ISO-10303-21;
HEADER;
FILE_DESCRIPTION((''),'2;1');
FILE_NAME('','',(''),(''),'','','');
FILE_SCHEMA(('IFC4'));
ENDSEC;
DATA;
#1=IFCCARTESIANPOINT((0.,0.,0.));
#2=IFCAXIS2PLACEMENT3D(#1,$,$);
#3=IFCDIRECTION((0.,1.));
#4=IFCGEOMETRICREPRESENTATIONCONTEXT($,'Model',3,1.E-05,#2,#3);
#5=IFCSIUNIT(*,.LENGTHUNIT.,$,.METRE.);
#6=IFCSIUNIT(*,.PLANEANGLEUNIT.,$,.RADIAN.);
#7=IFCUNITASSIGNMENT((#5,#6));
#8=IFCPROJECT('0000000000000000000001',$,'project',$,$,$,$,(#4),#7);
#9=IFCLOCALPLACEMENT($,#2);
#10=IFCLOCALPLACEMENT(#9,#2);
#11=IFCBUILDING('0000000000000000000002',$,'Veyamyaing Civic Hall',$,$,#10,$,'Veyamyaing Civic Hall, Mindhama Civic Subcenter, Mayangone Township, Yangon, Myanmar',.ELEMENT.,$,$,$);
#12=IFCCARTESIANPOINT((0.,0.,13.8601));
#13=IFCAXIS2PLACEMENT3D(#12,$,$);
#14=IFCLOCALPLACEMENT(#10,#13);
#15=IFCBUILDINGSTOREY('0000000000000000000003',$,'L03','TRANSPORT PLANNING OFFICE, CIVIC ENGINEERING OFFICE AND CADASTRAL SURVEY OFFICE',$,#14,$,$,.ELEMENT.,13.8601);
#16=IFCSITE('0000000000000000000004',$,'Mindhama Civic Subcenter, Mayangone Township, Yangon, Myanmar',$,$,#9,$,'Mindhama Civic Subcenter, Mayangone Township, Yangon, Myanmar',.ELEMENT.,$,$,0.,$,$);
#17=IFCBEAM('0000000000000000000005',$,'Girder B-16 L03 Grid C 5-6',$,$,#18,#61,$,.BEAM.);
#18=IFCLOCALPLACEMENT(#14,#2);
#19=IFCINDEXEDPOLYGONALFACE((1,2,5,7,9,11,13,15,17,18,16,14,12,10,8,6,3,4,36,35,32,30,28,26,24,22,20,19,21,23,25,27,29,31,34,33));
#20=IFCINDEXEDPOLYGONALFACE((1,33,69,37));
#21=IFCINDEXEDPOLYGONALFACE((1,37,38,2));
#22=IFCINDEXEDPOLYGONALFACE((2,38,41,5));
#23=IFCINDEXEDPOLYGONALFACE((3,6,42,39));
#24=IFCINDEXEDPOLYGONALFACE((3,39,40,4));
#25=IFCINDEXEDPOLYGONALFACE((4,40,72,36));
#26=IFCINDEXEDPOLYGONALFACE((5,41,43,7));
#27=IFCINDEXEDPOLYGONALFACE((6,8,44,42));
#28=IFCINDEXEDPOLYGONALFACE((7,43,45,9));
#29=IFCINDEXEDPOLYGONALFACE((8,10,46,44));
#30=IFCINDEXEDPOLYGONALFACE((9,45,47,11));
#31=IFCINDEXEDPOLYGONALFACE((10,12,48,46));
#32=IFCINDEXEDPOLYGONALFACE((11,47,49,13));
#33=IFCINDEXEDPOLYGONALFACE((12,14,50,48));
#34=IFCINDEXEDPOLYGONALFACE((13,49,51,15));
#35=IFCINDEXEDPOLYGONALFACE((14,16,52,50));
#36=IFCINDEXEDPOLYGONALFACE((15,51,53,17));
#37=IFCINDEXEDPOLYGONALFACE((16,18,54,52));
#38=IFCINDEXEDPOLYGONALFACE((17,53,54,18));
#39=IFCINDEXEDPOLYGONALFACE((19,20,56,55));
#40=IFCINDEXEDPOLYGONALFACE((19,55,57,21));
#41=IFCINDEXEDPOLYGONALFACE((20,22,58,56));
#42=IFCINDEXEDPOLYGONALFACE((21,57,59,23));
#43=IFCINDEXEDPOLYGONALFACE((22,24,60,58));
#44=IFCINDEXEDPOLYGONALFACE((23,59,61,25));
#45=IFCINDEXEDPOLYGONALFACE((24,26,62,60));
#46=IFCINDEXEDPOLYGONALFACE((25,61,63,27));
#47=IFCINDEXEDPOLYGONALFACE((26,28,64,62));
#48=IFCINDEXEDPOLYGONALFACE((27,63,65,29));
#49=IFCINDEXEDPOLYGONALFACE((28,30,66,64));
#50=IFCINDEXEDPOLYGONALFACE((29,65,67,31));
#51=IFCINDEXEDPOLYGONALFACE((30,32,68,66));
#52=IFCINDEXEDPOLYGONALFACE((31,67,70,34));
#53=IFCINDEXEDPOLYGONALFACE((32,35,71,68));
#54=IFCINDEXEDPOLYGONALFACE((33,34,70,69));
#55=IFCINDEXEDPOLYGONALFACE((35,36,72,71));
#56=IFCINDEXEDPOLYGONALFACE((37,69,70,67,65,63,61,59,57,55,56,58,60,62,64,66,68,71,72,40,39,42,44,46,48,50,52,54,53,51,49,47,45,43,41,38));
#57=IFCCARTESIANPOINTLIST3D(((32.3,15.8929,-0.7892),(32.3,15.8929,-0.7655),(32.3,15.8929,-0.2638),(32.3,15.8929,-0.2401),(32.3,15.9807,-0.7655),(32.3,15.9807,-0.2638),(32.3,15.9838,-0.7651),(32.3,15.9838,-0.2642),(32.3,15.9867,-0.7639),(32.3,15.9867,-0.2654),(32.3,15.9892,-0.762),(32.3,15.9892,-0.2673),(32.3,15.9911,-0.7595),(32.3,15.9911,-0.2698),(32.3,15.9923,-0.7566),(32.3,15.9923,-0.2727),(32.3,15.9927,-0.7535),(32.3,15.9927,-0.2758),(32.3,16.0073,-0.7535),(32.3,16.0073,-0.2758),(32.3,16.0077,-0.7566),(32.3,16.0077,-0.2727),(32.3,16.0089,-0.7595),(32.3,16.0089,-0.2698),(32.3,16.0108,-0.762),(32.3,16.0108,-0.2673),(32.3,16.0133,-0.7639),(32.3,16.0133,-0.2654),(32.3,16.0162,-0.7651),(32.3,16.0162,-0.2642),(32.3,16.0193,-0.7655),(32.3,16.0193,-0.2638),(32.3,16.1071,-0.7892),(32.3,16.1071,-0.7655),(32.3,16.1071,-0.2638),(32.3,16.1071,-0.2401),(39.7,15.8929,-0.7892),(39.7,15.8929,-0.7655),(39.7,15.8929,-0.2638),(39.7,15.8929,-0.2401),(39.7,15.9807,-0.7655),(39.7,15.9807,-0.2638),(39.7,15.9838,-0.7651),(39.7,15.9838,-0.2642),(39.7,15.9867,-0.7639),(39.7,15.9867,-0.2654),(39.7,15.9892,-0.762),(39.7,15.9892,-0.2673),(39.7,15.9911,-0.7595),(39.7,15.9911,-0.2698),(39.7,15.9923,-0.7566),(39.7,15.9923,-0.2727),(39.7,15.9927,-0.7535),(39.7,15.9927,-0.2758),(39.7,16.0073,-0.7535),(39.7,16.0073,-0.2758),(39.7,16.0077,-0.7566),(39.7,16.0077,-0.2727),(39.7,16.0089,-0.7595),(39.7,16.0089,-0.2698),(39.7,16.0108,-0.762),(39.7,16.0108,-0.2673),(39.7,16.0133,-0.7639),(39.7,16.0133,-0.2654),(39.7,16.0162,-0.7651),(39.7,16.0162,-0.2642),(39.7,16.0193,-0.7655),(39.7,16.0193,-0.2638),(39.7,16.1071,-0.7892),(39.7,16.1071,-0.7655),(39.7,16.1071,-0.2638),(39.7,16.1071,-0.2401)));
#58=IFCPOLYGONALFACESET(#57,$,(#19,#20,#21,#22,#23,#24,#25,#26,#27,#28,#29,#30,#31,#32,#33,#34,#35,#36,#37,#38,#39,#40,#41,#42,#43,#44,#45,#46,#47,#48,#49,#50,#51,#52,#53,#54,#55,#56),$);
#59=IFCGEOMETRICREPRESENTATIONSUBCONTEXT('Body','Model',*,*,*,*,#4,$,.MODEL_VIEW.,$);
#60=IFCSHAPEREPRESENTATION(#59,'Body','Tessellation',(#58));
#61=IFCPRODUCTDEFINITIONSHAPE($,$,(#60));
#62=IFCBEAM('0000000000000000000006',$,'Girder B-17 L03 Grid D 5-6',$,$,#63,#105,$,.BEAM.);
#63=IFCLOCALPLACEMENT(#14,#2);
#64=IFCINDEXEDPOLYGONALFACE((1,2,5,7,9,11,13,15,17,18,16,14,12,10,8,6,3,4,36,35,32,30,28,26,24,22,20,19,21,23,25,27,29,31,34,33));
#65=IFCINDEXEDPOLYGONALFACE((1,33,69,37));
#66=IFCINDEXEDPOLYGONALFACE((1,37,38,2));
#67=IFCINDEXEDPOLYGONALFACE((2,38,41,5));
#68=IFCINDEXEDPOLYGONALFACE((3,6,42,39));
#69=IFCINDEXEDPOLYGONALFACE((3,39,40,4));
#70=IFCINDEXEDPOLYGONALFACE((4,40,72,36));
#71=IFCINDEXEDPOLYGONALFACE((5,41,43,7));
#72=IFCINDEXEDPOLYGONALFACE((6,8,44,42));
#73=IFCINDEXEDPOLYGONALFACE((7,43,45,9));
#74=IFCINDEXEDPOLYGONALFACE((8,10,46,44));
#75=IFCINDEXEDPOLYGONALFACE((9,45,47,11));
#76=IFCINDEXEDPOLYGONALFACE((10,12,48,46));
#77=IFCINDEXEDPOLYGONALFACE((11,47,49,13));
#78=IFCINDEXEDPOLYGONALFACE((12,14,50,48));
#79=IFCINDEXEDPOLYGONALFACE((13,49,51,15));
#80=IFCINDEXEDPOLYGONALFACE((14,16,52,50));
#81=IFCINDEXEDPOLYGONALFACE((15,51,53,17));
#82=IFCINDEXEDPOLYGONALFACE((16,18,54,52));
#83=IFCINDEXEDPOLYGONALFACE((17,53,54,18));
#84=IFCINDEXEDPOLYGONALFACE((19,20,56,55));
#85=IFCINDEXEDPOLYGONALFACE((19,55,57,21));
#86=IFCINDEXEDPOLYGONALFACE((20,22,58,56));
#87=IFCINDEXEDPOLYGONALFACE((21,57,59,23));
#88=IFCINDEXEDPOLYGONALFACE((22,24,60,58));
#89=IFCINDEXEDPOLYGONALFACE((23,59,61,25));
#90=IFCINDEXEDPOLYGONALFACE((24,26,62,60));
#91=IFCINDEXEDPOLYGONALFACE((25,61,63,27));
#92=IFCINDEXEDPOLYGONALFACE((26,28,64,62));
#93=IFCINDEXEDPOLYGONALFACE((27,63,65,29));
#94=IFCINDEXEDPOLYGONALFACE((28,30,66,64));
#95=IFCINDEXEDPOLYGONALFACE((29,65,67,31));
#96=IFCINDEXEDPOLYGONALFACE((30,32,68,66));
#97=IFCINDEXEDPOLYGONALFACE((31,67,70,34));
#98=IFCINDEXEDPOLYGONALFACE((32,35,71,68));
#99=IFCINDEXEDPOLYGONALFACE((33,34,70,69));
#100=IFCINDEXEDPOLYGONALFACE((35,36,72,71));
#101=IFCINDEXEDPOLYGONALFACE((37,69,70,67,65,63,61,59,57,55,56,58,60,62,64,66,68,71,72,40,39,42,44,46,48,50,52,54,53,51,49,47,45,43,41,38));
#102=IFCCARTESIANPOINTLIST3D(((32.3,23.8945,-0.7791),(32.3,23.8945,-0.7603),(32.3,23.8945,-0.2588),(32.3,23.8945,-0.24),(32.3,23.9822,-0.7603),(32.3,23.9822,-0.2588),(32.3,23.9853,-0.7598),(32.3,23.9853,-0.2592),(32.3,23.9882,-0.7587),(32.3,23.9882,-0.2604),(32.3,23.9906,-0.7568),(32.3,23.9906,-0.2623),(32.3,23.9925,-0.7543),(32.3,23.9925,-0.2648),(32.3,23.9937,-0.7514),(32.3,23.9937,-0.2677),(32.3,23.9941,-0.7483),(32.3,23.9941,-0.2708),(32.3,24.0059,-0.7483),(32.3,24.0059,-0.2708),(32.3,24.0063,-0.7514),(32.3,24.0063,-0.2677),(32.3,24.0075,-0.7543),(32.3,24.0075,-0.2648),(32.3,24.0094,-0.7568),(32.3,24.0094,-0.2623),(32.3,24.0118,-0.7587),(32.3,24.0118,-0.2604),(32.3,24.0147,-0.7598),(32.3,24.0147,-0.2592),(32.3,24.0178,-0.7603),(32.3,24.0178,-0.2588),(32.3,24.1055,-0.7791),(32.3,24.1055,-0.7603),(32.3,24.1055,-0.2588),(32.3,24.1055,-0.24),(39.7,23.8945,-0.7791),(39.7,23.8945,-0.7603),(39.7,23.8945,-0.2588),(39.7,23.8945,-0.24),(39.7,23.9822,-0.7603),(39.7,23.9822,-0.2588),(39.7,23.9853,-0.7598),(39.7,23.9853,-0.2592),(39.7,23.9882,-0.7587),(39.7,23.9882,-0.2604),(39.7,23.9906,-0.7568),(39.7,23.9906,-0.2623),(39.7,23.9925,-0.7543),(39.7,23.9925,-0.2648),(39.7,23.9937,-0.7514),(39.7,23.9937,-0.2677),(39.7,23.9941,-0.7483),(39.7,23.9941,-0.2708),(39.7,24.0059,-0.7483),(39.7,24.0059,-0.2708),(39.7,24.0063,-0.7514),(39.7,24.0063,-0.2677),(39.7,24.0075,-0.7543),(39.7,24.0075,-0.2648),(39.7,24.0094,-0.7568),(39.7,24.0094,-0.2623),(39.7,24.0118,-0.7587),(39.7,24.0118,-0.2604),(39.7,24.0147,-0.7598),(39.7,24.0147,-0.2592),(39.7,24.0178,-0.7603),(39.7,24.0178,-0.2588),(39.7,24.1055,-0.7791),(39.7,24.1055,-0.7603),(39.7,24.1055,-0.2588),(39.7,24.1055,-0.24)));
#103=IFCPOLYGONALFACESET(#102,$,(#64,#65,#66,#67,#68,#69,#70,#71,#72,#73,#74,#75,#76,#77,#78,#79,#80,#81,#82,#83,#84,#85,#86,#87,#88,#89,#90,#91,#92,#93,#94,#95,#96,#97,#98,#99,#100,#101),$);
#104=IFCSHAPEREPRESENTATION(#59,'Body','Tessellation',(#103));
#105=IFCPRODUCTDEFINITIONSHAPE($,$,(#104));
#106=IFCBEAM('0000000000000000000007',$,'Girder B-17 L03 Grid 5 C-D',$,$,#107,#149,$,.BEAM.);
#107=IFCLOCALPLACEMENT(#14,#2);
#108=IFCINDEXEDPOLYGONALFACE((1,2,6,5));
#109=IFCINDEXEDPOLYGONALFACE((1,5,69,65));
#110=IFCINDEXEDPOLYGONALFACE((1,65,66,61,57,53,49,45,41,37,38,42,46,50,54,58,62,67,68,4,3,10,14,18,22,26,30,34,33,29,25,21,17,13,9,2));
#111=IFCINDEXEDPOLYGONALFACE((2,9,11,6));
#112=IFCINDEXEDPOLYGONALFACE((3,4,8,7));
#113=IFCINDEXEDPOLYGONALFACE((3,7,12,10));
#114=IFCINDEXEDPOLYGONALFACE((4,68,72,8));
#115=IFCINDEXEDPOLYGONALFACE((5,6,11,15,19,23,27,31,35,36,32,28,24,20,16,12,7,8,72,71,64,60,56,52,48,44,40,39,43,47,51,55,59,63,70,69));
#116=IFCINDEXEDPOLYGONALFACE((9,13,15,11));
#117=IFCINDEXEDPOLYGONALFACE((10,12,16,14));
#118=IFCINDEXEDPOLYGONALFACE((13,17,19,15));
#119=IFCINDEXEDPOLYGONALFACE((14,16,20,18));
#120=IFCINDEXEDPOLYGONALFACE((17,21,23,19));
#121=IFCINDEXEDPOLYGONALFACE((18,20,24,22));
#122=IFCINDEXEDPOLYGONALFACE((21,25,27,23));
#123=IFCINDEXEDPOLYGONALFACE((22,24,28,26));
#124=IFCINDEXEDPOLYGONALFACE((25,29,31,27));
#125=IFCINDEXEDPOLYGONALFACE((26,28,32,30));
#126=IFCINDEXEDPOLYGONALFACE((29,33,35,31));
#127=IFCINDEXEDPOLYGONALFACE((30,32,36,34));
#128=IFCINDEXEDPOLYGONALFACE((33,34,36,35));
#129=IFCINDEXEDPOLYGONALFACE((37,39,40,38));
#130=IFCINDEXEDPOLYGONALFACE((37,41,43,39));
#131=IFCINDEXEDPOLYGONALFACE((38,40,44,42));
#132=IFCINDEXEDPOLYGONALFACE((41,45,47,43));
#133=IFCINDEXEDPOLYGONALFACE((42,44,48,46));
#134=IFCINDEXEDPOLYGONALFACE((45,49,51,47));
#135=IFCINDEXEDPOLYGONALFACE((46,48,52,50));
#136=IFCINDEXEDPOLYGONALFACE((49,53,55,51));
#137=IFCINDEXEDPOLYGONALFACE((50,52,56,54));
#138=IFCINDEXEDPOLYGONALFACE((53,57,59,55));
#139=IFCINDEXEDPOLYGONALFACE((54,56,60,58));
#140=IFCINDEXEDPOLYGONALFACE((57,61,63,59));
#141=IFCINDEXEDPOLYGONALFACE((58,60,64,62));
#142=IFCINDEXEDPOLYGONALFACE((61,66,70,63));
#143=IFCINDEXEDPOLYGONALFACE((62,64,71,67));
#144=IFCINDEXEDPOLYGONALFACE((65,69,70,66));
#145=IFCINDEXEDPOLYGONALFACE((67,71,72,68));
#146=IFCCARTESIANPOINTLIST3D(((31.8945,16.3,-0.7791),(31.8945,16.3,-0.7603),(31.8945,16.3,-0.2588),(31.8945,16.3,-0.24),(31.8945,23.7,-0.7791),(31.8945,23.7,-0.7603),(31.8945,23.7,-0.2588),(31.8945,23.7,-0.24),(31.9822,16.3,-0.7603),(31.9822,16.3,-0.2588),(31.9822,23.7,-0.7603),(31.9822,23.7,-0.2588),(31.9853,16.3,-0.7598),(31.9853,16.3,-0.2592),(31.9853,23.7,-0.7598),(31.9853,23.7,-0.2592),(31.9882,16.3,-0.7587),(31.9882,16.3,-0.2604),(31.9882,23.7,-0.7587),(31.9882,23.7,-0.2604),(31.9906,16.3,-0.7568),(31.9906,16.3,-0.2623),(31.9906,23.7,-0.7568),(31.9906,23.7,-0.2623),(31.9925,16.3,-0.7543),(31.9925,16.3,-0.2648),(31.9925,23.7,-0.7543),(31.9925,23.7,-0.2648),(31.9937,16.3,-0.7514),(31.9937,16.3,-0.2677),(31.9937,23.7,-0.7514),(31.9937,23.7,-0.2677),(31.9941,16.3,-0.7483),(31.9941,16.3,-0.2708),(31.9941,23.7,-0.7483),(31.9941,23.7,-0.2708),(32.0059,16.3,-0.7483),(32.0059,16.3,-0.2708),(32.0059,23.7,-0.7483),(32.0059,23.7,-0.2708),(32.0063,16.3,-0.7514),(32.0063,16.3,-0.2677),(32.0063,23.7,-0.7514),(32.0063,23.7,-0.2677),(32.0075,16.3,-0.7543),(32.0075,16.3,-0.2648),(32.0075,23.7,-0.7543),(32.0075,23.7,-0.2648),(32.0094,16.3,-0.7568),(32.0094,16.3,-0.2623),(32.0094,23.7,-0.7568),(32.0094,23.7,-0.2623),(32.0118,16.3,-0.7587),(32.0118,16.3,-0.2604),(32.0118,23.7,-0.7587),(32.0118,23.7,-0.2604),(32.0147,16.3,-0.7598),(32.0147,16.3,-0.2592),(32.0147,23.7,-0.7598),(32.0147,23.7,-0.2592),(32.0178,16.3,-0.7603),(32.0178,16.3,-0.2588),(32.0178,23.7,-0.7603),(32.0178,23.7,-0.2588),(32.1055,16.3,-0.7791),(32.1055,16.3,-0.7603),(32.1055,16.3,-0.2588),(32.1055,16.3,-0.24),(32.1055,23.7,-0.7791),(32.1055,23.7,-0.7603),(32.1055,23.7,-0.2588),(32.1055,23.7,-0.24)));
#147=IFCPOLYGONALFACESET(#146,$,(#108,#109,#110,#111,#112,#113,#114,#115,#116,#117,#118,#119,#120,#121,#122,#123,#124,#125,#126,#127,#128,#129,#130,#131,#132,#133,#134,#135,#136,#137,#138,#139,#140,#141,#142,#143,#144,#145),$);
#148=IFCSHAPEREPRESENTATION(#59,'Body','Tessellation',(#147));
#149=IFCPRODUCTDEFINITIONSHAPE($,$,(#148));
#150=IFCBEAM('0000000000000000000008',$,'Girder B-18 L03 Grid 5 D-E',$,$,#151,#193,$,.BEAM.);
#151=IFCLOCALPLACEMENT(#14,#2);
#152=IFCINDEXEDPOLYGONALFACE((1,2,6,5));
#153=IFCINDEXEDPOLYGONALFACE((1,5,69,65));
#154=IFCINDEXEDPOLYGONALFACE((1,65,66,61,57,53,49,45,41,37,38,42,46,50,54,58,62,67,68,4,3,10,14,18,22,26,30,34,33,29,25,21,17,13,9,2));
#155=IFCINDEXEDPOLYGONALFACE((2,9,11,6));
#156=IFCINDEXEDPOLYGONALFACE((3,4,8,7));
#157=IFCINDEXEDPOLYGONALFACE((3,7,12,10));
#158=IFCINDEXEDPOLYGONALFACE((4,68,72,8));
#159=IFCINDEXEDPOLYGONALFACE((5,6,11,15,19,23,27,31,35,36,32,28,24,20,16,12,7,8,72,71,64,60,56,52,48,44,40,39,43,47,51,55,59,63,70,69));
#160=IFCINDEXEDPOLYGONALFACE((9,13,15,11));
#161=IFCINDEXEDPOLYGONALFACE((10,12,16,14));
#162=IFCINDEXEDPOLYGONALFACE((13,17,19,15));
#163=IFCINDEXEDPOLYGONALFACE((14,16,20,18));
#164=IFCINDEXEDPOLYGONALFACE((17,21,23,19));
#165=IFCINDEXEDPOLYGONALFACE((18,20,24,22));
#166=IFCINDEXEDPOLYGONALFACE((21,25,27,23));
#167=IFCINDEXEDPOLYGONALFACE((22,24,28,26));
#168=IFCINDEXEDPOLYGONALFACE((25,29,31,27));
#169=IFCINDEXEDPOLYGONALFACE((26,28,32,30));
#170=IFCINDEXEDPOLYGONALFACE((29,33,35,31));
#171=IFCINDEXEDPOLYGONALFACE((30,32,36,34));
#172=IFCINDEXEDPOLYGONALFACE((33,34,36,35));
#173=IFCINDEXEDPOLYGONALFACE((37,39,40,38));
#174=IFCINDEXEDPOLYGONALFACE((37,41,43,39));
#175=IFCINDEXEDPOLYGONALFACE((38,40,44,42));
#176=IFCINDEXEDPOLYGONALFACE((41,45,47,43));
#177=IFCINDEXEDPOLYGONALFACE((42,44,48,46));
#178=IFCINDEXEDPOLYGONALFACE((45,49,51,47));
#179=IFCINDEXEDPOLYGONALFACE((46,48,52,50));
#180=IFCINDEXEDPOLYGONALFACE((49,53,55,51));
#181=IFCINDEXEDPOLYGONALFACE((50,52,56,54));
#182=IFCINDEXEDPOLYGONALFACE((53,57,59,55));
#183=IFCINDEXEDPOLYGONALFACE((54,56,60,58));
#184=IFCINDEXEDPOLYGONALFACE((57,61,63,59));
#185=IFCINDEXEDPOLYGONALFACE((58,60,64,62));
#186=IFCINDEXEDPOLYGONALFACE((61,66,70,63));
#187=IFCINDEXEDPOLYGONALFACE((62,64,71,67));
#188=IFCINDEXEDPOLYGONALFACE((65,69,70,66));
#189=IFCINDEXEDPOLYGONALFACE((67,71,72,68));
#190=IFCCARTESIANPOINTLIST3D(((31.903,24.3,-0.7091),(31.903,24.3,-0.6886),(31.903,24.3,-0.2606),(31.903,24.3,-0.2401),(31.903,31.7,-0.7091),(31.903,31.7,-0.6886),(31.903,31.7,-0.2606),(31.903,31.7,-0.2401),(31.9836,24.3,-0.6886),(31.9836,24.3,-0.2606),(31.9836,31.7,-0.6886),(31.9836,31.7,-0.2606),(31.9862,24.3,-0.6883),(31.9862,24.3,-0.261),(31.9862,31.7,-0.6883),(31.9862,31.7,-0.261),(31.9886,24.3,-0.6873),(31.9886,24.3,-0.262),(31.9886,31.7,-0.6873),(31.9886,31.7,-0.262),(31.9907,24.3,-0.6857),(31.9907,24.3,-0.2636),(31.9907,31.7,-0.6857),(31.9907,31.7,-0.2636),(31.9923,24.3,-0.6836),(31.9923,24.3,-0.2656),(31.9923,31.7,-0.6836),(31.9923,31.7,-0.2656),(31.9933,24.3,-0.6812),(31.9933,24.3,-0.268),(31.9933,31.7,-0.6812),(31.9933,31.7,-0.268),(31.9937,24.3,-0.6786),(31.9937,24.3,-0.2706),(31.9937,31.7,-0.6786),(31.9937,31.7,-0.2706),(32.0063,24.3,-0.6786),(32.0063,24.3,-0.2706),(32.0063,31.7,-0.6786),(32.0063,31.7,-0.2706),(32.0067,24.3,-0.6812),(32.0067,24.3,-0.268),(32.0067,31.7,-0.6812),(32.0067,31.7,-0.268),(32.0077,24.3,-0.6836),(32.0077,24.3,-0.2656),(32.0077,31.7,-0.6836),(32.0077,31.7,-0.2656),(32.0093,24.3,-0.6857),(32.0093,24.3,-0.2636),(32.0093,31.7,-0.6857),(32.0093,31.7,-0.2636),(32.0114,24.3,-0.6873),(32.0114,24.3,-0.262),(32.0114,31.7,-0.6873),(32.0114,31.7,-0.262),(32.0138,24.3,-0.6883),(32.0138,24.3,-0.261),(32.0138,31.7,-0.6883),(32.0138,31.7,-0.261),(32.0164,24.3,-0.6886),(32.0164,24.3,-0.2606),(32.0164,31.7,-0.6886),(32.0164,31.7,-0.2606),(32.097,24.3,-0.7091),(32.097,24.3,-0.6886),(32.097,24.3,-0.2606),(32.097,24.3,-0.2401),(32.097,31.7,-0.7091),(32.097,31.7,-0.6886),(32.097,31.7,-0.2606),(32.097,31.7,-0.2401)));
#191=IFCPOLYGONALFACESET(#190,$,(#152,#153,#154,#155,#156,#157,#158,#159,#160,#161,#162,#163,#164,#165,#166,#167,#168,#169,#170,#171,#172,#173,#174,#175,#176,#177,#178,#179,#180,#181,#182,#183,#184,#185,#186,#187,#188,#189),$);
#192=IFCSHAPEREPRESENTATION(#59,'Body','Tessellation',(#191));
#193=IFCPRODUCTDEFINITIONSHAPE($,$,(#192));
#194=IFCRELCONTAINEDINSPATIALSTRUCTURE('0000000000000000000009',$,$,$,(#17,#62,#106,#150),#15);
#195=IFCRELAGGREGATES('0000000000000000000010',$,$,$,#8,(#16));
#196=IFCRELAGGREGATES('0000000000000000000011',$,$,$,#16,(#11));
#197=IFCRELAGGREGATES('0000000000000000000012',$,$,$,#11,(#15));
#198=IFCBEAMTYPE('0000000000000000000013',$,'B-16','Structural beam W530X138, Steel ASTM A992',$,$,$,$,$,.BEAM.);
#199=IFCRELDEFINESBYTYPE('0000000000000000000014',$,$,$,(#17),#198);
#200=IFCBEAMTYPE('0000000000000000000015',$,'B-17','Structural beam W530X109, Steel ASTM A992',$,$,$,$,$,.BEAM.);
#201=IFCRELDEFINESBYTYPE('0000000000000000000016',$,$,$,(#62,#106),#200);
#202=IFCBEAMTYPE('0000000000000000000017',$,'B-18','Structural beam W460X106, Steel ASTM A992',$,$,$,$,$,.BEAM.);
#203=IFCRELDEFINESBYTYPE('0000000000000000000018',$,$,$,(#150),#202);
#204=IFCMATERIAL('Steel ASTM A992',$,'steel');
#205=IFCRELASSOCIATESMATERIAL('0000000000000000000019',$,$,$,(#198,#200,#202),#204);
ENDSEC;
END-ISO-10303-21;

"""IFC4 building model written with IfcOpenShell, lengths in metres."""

from ifc_helpers import new_model, si_unit, direction, frame, origin, origin_2d, place, context, subcontext, project, spatial, i_section, extrude, material, material_profile, profile_set, type_object, element, save


model = new_model("IFC4")

# Units and contexts
model_context = context("Model", 3, precision=1e-05, world=origin(), true_north=direction((0.0, 1.0)))
body_context = subcontext(model_context, "Body", "Model", "MODEL_VIEW")
ifc_project = project(units=[si_unit("LENGTHUNIT", "METRE"), si_unit("PLANEANGLEUNIT", "RADIAN")], contexts=[model_context])

# Site, building, storey
site_placement = place(None, origin())
site = spatial("IfcSite", under=ifc_project, at=site_placement, Name="Mindhama Civic Subcenter, Mayangone Township, Yangon, Myanmar", LongName="Mindhama Civic Subcenter, Mayangone Township, Yangon, Myanmar", CompositionType="ELEMENT", RefElevation=0.0)
building_placement = place(site_placement, origin())
building = spatial("IfcBuilding", under=site, at=building_placement, Name="Veyamyaing Civic Hall", LongName="Veyamyaing Civic Hall, Mindhama Civic Subcenter, Mayangone Township, Yangon, Myanmar", CompositionType="ELEMENT")
storey_placement = place(building_placement, frame((0.0, 0.0, 13.8601)))
storey = spatial("IfcBuildingStorey", under=building, at=storey_placement, Name="L03", Description="TRANSPORT PLANNING OFFICE, CIVIC ENGINEERING OFFICE AND CADASTRAL SURVEY OFFICE", CompositionType="ELEMENT", Elevation=13.8601)

# Beams
ifc_material_1 = material(Name="Steel ASTM A992", Category="steel")
ifc_material_profile_1 = material_profile(ifc_material_1, i_section(OverallWidth=0.2141, OverallDepth=0.5491, WebThickness=0.0146, FlangeThickness=0.0237, FilletRadius=0.012, at=origin_2d()), Name="W530X138")
ifc_profile_set_1 = profile_set([ifc_material_profile_1], Name="Steel ASTM A992")
beam_type_1 = type_object("IfcBeamType", Name="B-16", Description="Structural beam W530X138, Steel ASTM A992", PredefinedType="BEAM", material=ifc_profile_set_1)
beam_1_placement = place(storey_placement, frame((32.3, 16.0, -0.5146), z_axis=(1.0, 0.0, 0.0), x_axis=(0.0, 1.0, 0.0)))
element("IfcBeam", 1, at=beam_1_placement, inside=storey, type_object=beam_type_1, Name="Girder B-16 L03 Grid C 5-6", PredefinedType="BEAM", context=body_context, shape_type="SweptSolid", body=[
    extrude(i_section(OverallWidth=0.2141, OverallDepth=0.5491, WebThickness=0.0146, FlangeThickness=0.0237, FilletRadius=0.012, at=origin_2d()), origin(), (0.0, 0.0, 1.0), 7.3999),
])
ifc_material_profile_2 = material_profile(ifc_material_1, i_section(OverallWidth=0.2109, OverallDepth=0.5391, WebThickness=0.0117, FlangeThickness=0.0188, FilletRadius=0.012, at=origin_2d()), Name="W530X109")
ifc_profile_set_2 = profile_set([ifc_material_profile_2], Name="Steel ASTM A992")
beam_type_2 = type_object("IfcBeamType", Name="B-17", Description="Structural beam W530X109, Steel ASTM A992", PredefinedType="BEAM", material=ifc_profile_set_2)
for number, where, z_axis, x_axis, name in (
    (2, (32.3, 24.0, -0.5095), (1.0, 0.0, 0.0), (0.0, 1.0, 0.0), "Girder B-17 L03 Grid D 5-6"),
    (3, (32.0, 16.3, -0.5095), (0.0, 1.0, 0.0), (-1.0, 0.0, 0.0), "Girder B-17 L03 Grid 5 C-D"),
):
    element("IfcBeam", number, at=place(storey_placement, frame(where, z_axis=z_axis, x_axis=x_axis)), inside=storey, type_object=beam_type_2, Name=name, PredefinedType="BEAM", context=body_context, shape_type="SweptSolid", body=[
        extrude(i_section(OverallWidth=0.2109, OverallDepth=0.5391, WebThickness=0.0117, FlangeThickness=0.0188, FilletRadius=0.012, at=origin_2d()), origin(), (0.0, 0.0, 1.0), 7.3999),
    ])
ifc_material_profile_3 = material_profile(ifc_material_1, i_section(OverallWidth=0.1941, OverallDepth=0.469, WebThickness=0.0127, FlangeThickness=0.0205, FilletRadius=0.01, at=origin_2d()), Name="W460X106")
ifc_profile_set_3 = profile_set([ifc_material_profile_3], Name="Steel ASTM A992")
beam_type_3 = type_object("IfcBeamType", Name="B-18", Description="Structural beam W460X106, Steel ASTM A992", PredefinedType="BEAM", material=ifc_profile_set_3)
beam_2_placement = place(storey_placement, frame((32.0, 24.3, -0.4746), z_axis=(0.0, 1.0, 0.0), x_axis=(-1.0, 0.0, 0.0)))
element("IfcBeam", 4, at=beam_2_placement, inside=storey, type_object=beam_type_3, Name="Girder B-18 L03 Grid 5 D-E", PredefinedType="BEAM", context=body_context, shape_type="SweptSolid", body=[
    extrude(i_section(OverallWidth=0.1941, OverallDepth=0.469, WebThickness=0.0127, FlangeThickness=0.0205, FilletRadius=0.01, at=origin_2d()), origin(), (0.0, 0.0, 1.0), 7.3999),
])

save(model, "model.ifc")
